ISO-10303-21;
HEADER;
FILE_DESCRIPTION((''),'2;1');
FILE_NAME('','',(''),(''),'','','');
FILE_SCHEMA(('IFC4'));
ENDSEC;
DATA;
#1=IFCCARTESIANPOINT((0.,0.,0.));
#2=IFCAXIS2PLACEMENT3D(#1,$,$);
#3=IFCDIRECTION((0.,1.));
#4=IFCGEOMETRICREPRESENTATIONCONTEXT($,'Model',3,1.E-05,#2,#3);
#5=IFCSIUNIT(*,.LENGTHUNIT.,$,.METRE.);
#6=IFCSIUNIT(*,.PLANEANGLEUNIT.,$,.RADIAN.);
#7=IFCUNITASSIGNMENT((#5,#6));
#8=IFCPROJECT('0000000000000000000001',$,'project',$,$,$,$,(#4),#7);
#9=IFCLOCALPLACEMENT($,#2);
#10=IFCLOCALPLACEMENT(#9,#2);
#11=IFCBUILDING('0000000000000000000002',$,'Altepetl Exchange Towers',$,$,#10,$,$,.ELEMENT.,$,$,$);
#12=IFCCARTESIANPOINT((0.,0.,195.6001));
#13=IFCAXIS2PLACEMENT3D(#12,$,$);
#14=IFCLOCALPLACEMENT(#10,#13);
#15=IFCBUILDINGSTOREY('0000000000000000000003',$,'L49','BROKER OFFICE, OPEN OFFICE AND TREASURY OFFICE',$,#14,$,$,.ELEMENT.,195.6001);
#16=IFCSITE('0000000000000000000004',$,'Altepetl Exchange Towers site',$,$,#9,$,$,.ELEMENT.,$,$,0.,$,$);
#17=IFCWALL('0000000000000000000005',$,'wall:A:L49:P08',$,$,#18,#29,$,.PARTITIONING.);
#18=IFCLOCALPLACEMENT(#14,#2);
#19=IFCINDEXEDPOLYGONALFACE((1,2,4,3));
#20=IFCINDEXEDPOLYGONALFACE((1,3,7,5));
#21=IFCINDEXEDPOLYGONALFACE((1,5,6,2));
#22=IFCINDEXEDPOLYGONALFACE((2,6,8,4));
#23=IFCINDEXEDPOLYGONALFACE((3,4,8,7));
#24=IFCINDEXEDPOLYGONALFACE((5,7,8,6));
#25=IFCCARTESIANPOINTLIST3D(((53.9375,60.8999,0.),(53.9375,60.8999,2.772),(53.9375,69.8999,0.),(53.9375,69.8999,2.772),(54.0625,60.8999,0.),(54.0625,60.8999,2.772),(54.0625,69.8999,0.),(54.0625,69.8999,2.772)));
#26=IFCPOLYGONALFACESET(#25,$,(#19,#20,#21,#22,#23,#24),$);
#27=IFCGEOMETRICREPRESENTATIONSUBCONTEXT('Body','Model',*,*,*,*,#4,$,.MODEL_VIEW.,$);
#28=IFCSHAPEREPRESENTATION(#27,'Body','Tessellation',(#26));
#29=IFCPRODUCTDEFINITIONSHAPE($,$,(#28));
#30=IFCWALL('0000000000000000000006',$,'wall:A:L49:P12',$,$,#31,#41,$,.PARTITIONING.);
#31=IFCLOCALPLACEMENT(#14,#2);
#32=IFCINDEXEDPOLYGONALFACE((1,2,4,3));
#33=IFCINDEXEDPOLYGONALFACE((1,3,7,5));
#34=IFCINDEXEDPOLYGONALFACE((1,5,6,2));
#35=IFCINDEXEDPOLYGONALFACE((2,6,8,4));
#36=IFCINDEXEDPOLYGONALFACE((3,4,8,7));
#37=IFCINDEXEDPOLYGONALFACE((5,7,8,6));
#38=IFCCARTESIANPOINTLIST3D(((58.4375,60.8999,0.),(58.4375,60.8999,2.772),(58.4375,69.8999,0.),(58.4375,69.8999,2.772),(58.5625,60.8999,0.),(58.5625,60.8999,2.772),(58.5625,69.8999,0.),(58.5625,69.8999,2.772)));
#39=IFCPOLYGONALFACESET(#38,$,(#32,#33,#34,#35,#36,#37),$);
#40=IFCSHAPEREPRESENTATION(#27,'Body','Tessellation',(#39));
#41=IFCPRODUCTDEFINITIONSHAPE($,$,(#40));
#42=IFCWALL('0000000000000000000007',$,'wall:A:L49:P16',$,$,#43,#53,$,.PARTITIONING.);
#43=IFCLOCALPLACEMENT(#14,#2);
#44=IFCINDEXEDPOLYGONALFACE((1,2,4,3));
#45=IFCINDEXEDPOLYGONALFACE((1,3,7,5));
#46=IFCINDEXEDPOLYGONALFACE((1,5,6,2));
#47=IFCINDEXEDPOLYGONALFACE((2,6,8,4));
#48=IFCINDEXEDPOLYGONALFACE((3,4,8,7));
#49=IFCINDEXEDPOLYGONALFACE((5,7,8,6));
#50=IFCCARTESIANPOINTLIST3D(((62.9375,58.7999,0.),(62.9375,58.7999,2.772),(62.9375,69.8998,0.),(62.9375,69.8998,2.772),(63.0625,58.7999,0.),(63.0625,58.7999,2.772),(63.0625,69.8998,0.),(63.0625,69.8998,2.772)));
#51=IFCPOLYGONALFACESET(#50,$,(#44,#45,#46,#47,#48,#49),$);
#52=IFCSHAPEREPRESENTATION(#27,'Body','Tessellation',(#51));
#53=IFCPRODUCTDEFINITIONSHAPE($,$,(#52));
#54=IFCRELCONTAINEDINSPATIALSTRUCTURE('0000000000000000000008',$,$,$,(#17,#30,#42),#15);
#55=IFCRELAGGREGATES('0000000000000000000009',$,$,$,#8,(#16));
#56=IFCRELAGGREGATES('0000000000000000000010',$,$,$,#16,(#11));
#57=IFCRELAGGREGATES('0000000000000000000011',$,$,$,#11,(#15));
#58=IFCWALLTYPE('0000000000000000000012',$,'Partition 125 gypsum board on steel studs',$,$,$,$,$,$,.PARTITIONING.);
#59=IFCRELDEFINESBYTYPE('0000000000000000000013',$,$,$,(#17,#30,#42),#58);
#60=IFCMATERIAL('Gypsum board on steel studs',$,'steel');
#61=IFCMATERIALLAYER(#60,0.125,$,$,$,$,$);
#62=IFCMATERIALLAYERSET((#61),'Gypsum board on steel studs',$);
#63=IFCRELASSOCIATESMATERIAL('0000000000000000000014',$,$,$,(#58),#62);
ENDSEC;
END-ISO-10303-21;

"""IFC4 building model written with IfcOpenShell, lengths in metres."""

from ifc_helpers import new_model, si_unit, direction, frame, frame_2d, origin, place, context, subcontext, project, spatial, rectangle, extrude, material, layer, layer_set, type_object, element, save


model = new_model("IFC4")

# Units and contexts
model_context = context("Model", 3, precision=1e-05, world=origin(), true_north=direction((0.0, 1.0)))
body_context = subcontext(model_context, "Body", "Model", "MODEL_VIEW")
ifc_project = project(units=[si_unit("LENGTHUNIT", "METRE"), si_unit("PLANEANGLEUNIT", "RADIAN")], contexts=[model_context])

# Site, building, storey
site_placement = place(None, origin())
site = spatial("IfcSite", under=ifc_project, at=site_placement, Name="Altepetl Exchange Towers site", CompositionType="ELEMENT", RefElevation=0.0)
building_placement = place(site_placement, origin())
building = spatial("IfcBuilding", under=site, at=building_placement, Name="Altepetl Exchange Towers", CompositionType="ELEMENT")
storey_placement = place(building_placement, frame((0.0, 0.0, 195.6001)))
storey = spatial("IfcBuildingStorey", under=building, at=storey_placement, Name="L49", Description="BROKER OFFICE, OPEN OFFICE AND TREASURY OFFICE", CompositionType="ELEMENT", Elevation=195.6001)

# Walls
ifc_material_1 = material(Name="Gypsum board on steel studs", Category="steel")
ifc_layer_1 = layer(ifc_material_1, 0.125)
ifc_layer_set_1 = layer_set([ifc_layer_1], Name="Gypsum board on steel studs")
wall_type = type_object("IfcWallType", Name="Partition 125 gypsum board on steel studs", PredefinedType="PARTITIONING", material=ifc_layer_set_1)
for number, where, z_axis, x_axis, name in (
    (1, (54.0, 60.8999, 0.0), (0.0, 0.0, 1.0), (0.0, 1.0, 0.0), "wall:A:L49:P08"),
    (2, (58.5, 60.8999, 0.0), (0.0, 0.0, 1.0), (0.0, 1.0, 0.0), "wall:A:L49:P12"),
):
    element("IfcWall", number, at=place(storey_placement, frame(where, z_axis=z_axis, x_axis=x_axis)), inside=storey, type_object=wall_type, Name=name, PredefinedType="PARTITIONING", context=body_context, shape_type="SweptSolid", body=[
        extrude(rectangle(XDim=9.0, YDim=0.125, at=frame_2d((4.5, 0.0))), origin(), (0.0, 0.0, 1.0), 2.772),
    ])
wall_placement = place(storey_placement, frame((63.0, 58.8, 0.0), z_axis=(0.0, 0.0, 1.0), x_axis=(0.0, 1.0, 0.0)))
element("IfcWall", 3, at=wall_placement, inside=storey, type_object=wall_type, Name="wall:A:L49:P16", PredefinedType="PARTITIONING", context=body_context, shape_type="SweptSolid", body=[
    extrude(rectangle(XDim=11.0999, YDim=0.125, at=frame_2d((5.5498, 0.0))), origin(), (0.0, 0.0, 1.0), 2.772),
])

save(model, "model.ifc")
